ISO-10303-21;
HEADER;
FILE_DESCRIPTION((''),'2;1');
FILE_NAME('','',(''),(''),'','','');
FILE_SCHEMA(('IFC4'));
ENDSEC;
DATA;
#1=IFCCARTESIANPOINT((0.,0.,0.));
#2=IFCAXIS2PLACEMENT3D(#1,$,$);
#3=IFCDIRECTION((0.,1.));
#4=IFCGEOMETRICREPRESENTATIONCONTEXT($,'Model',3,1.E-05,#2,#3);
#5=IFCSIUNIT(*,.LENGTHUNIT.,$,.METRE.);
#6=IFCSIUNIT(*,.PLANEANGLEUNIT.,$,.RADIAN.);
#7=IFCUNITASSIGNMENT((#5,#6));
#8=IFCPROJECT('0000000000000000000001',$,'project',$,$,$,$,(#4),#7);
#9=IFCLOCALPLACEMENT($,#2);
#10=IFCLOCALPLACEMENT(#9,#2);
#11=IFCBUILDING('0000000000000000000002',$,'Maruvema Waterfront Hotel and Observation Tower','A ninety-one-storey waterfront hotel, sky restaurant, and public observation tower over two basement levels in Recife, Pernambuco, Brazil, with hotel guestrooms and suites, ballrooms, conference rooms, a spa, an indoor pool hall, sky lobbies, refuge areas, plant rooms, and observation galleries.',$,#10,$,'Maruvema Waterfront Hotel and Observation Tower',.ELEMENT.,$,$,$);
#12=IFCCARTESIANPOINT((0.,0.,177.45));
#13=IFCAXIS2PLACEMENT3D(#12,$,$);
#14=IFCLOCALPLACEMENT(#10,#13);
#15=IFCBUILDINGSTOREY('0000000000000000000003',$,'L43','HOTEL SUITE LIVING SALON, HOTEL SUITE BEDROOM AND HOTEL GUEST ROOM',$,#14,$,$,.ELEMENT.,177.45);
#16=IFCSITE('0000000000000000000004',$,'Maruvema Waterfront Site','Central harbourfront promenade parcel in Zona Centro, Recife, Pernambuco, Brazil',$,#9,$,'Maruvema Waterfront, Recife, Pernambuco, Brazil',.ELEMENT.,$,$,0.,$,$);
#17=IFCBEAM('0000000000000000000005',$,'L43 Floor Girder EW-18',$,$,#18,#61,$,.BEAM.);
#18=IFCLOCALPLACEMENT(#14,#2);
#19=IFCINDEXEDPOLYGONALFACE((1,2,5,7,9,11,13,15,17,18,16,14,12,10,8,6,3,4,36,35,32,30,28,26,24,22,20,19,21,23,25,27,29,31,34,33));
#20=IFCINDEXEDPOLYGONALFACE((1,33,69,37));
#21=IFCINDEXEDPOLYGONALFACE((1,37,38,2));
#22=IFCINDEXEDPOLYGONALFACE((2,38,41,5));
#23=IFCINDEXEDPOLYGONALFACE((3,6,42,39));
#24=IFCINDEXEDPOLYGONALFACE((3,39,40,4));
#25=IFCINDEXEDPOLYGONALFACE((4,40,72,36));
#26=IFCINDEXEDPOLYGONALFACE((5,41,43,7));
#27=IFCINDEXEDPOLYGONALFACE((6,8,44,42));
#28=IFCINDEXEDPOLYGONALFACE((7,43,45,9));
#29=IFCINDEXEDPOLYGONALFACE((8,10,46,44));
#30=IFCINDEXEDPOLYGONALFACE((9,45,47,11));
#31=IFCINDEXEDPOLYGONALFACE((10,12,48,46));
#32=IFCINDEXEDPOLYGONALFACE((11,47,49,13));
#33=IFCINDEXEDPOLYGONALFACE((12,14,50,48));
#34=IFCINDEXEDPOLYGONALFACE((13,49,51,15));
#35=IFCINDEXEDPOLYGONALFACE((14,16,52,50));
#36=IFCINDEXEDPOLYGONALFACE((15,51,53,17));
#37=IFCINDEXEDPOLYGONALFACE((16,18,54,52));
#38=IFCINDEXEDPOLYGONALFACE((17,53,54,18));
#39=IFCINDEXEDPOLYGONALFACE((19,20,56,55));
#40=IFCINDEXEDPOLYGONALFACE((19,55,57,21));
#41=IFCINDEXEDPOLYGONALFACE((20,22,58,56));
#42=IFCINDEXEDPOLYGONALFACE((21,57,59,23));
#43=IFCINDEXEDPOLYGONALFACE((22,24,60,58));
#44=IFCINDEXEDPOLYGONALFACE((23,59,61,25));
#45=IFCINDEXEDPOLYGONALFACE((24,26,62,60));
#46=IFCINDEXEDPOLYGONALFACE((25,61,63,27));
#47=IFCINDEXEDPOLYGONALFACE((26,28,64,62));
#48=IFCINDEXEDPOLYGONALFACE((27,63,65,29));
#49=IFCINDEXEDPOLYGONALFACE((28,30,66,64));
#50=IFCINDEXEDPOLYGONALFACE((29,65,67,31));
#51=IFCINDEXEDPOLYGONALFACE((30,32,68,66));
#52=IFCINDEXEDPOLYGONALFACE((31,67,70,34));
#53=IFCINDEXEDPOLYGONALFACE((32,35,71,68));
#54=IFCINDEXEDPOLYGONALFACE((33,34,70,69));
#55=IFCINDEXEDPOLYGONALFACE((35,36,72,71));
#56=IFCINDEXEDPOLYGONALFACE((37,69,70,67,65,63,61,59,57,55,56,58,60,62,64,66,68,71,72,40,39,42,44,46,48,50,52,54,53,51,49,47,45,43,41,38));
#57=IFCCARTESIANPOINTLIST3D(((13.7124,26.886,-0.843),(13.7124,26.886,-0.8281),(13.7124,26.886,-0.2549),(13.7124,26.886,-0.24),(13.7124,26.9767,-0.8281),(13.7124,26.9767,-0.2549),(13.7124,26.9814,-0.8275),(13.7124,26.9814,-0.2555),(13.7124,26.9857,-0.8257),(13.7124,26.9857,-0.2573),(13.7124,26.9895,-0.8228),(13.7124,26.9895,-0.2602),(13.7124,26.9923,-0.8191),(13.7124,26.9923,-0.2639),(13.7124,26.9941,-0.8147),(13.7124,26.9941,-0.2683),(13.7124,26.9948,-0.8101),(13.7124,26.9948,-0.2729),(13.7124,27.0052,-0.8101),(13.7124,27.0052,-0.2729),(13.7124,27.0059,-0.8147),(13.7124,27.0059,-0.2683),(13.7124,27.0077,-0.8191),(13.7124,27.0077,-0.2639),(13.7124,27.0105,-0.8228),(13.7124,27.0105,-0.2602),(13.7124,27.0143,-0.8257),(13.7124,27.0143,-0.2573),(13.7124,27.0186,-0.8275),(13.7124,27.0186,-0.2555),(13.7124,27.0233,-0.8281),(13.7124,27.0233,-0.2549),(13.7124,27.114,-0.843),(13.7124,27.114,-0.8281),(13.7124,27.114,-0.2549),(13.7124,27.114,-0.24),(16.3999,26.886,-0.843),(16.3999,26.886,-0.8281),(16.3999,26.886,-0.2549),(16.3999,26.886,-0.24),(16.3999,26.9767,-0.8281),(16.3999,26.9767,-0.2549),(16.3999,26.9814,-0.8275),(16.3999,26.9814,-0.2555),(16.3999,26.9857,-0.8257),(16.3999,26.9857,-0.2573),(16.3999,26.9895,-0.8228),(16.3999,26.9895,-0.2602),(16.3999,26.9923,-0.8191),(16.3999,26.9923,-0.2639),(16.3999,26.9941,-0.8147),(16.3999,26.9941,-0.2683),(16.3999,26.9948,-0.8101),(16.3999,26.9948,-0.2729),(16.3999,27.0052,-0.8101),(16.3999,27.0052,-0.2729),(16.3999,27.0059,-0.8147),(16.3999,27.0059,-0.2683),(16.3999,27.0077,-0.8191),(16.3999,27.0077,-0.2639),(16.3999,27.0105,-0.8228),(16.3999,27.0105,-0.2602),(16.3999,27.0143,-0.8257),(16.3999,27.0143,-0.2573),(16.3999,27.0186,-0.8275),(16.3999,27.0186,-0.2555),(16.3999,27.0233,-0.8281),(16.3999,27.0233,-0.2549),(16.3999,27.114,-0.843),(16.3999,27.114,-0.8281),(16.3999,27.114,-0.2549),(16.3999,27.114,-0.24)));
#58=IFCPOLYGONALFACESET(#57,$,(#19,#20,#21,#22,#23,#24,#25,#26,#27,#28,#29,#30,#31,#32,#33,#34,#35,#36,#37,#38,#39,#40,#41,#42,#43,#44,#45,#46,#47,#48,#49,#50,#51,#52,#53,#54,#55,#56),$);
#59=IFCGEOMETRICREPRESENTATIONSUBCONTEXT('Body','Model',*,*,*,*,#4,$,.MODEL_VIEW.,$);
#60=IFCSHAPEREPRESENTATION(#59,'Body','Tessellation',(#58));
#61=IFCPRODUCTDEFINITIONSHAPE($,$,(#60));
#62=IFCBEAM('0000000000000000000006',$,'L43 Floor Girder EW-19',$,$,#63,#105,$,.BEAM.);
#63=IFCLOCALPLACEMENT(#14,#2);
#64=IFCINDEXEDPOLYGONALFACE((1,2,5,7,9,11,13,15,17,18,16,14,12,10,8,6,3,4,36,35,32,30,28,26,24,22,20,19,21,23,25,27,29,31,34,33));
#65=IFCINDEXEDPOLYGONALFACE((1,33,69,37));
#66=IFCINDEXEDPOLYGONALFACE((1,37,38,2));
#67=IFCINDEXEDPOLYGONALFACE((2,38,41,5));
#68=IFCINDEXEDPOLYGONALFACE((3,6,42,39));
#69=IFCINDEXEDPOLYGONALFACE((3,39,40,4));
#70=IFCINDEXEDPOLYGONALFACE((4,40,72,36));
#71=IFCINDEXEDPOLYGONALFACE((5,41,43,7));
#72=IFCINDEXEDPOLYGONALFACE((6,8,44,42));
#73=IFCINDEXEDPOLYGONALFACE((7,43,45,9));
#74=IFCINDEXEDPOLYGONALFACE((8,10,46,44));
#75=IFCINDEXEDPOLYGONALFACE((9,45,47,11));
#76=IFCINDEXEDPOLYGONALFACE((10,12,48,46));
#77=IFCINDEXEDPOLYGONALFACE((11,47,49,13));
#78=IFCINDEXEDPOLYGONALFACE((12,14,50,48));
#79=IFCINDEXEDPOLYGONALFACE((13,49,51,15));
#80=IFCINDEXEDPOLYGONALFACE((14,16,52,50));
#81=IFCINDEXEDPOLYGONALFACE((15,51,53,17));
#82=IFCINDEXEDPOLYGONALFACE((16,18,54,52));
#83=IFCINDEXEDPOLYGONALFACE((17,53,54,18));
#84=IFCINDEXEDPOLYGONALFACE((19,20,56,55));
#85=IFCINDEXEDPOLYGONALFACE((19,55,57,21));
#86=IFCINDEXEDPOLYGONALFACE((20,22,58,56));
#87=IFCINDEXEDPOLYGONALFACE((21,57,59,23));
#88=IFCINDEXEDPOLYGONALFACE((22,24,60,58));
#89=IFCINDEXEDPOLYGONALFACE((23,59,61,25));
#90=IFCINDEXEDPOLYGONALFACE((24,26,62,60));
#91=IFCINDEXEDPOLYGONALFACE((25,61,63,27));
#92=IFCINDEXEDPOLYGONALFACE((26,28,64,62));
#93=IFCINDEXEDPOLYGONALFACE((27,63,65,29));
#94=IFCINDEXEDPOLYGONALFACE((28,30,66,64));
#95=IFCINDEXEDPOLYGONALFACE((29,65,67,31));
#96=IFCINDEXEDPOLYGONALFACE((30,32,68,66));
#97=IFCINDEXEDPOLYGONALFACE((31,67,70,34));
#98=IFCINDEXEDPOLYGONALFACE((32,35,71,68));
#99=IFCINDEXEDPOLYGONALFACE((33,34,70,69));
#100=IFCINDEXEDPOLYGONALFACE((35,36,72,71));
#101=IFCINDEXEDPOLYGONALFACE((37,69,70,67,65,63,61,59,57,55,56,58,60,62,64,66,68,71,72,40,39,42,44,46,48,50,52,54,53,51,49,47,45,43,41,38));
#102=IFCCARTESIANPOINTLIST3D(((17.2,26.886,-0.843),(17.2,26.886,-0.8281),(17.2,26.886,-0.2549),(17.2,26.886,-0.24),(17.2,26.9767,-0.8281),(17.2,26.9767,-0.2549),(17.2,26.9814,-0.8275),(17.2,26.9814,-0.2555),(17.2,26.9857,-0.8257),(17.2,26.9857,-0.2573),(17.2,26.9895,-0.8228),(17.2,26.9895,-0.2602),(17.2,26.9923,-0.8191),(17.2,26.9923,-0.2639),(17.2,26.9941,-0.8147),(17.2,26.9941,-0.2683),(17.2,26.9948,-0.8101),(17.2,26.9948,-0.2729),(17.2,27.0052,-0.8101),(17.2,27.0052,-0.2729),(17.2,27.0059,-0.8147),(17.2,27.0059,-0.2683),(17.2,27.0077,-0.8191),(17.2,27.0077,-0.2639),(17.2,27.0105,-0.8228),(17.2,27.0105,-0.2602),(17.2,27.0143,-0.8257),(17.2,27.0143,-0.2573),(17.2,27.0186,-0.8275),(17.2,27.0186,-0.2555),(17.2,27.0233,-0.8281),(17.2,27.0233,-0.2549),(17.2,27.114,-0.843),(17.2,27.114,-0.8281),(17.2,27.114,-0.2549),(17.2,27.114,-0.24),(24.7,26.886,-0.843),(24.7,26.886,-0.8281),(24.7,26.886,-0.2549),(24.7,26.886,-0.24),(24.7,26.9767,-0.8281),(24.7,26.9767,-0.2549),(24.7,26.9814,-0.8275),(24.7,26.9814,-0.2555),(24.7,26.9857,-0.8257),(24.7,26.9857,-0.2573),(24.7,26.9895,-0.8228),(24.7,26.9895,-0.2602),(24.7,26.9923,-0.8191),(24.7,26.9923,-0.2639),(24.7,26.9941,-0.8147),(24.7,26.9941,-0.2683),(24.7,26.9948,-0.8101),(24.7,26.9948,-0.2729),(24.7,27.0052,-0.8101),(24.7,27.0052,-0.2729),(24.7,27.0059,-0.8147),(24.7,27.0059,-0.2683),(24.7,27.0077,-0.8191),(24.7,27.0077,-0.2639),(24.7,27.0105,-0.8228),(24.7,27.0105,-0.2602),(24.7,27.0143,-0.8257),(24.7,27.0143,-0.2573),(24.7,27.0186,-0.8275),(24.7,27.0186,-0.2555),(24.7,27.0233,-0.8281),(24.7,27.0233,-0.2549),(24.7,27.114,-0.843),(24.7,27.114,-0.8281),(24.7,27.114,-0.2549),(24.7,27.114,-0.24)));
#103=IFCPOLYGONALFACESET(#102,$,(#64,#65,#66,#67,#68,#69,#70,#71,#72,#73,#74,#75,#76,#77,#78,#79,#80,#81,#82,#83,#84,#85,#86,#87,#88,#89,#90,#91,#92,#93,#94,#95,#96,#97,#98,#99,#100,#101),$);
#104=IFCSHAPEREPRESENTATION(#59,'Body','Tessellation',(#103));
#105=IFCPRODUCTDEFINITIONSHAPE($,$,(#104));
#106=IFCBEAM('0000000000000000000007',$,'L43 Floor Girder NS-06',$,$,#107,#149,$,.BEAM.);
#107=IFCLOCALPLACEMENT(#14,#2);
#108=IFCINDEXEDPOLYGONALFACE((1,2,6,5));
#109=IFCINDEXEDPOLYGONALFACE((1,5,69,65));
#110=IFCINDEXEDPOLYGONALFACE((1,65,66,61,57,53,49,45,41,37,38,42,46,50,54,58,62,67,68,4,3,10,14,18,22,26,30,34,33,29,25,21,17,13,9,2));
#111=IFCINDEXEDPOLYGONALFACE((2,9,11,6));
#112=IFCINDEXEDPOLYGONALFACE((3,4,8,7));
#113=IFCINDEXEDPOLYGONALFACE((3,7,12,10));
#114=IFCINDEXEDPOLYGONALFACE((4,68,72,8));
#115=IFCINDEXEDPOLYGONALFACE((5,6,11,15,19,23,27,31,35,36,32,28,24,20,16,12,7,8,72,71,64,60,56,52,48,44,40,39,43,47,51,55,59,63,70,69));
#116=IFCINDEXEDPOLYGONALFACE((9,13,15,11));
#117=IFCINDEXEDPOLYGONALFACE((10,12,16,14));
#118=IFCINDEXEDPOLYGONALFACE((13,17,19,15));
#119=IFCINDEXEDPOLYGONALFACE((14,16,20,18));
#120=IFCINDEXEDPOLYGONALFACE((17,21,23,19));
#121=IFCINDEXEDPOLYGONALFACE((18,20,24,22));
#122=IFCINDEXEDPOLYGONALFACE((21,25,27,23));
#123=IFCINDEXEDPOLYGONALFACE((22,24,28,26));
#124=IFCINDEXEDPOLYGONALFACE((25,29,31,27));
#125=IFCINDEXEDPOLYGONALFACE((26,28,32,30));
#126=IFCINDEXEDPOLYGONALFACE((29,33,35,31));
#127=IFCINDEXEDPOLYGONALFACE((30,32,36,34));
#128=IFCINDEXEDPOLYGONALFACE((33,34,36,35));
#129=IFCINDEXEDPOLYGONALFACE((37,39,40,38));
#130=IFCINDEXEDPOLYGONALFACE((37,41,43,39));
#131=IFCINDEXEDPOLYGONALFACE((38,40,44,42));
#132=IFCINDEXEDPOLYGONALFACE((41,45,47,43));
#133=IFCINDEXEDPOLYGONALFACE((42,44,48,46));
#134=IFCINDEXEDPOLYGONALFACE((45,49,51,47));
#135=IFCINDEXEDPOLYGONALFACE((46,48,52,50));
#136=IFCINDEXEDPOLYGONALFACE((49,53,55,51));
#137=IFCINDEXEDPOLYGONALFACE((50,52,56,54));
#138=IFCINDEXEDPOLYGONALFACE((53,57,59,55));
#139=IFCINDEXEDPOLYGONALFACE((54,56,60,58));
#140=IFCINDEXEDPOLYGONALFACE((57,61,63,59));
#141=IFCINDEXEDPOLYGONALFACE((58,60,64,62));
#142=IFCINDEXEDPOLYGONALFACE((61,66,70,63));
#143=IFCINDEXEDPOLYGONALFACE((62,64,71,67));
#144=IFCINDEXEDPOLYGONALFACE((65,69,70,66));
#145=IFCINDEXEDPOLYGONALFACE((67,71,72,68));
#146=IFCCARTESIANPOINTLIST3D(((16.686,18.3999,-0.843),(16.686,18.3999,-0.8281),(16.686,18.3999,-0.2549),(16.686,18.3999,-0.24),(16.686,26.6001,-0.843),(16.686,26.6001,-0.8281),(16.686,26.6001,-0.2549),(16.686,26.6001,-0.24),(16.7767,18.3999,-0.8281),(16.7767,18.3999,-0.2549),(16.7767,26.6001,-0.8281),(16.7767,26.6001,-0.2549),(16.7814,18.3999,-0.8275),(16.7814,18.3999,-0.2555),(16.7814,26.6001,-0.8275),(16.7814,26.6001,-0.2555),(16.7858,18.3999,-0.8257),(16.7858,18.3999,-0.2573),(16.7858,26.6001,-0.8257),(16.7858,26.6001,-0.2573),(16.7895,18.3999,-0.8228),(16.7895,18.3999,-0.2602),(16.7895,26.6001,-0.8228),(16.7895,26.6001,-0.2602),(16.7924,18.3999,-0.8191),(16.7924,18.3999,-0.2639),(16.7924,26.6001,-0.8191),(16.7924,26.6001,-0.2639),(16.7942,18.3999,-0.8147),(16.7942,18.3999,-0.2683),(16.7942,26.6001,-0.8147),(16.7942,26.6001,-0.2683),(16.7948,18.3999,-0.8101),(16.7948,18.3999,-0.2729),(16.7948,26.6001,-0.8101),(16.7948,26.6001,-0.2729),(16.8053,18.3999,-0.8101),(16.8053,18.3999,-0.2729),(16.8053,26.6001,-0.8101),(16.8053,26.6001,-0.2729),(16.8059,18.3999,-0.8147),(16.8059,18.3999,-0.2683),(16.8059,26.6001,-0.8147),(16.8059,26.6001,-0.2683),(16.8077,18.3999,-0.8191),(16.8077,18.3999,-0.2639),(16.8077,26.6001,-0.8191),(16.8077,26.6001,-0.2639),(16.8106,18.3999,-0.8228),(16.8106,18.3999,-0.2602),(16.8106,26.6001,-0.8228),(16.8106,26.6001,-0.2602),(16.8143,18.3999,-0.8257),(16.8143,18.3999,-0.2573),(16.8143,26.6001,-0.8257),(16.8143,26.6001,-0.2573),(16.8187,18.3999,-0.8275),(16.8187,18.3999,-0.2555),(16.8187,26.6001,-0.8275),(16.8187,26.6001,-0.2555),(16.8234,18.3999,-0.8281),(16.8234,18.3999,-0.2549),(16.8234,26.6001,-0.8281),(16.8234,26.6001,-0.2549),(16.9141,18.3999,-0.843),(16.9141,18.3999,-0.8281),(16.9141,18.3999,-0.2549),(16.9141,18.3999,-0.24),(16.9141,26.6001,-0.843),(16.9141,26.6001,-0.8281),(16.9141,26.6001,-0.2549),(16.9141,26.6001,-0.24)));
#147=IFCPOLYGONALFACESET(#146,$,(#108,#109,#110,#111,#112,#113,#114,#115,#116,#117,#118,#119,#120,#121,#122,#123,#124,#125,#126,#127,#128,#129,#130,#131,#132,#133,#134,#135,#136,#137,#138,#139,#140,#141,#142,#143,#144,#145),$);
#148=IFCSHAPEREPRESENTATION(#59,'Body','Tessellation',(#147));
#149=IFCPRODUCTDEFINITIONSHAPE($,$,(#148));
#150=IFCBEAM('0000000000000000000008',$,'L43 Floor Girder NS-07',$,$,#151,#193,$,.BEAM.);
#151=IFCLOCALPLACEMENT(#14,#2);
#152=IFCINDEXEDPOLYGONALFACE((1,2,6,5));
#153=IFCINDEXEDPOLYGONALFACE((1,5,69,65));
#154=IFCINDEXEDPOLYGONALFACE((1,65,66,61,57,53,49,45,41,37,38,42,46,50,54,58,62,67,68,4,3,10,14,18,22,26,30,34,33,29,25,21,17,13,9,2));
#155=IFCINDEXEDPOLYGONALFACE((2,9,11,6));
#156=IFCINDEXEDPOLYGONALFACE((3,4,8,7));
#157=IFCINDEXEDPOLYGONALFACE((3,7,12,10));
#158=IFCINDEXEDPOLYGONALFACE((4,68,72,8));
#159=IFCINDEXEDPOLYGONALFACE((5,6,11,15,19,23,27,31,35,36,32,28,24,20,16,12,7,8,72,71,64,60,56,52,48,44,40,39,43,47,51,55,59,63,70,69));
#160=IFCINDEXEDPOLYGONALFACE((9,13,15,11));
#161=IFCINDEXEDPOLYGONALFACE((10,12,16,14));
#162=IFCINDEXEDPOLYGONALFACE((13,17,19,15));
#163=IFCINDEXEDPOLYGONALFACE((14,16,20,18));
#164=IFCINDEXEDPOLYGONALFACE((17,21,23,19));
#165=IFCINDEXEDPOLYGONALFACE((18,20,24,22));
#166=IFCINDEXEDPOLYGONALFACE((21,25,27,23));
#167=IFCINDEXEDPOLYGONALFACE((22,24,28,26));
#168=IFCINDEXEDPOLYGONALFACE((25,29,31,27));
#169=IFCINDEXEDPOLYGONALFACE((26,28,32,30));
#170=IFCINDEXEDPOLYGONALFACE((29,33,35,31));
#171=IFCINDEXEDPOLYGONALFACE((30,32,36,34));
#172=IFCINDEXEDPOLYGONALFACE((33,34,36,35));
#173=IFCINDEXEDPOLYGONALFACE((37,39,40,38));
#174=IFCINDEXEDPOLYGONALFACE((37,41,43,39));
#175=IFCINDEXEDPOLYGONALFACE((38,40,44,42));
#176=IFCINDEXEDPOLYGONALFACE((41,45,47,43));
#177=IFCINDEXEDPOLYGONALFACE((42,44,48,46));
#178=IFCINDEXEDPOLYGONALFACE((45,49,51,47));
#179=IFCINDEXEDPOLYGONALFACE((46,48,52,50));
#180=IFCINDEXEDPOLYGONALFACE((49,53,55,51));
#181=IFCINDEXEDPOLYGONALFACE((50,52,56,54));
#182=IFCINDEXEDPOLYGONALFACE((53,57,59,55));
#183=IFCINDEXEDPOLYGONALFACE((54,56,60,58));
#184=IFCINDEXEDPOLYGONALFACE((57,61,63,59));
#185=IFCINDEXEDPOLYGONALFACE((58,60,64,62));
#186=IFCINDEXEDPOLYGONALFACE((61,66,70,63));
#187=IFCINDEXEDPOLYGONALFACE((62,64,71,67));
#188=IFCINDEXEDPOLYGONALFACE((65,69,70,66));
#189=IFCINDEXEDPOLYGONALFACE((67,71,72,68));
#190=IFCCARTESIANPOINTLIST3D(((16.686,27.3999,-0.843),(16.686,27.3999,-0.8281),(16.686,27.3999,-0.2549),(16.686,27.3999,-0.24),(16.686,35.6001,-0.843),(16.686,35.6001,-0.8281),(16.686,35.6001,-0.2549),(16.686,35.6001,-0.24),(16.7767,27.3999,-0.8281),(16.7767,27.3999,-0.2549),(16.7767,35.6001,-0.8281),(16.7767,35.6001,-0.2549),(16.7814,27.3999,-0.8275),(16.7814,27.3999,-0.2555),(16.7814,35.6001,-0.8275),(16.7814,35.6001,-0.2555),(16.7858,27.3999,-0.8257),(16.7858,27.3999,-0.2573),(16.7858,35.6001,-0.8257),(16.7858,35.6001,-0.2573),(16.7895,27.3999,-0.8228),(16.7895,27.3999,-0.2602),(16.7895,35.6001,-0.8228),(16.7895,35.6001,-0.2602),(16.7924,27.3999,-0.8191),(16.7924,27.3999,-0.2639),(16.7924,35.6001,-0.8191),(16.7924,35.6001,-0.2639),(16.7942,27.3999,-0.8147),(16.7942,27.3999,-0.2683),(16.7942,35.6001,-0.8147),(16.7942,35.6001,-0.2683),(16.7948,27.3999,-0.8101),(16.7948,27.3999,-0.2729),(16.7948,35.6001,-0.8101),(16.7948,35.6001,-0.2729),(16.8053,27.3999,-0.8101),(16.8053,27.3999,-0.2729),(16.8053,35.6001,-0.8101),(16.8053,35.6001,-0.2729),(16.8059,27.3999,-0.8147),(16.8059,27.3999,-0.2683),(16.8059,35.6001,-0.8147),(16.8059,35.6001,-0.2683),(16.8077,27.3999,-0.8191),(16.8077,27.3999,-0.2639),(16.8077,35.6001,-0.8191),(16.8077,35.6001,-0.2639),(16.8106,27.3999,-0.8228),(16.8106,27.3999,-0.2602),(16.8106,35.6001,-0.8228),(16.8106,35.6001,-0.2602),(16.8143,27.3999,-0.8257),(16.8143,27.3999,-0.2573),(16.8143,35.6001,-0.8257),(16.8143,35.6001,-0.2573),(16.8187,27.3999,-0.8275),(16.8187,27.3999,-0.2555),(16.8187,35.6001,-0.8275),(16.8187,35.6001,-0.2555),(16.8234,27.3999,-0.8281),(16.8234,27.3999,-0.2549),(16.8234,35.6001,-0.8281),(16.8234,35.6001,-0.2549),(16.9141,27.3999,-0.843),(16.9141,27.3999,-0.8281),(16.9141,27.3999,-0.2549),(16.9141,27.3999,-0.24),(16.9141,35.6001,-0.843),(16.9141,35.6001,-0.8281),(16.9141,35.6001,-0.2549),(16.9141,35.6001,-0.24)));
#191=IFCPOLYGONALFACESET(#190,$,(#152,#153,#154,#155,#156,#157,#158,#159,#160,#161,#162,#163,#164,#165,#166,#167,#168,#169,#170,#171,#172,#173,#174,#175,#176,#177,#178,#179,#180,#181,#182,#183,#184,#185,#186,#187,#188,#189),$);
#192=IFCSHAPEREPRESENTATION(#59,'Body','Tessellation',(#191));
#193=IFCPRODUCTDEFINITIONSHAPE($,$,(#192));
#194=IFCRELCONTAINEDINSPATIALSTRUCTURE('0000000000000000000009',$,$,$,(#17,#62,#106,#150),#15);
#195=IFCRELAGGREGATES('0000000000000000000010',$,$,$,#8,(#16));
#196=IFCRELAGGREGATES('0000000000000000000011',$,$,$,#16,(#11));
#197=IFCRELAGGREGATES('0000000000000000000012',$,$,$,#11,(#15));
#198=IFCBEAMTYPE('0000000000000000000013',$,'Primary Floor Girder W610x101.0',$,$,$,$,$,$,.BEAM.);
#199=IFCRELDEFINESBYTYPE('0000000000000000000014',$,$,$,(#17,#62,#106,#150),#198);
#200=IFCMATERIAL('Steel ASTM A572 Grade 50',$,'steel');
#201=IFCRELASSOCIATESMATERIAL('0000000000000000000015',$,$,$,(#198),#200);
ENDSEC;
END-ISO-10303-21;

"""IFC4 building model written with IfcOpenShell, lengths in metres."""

from ifc_helpers import new_model, si_unit, direction, frame, origin, origin_2d, place, context, subcontext, project, spatial, i_section, extrude, material, material_profile, profile_set, type_object, element, save


model = new_model("IFC4")

# Units and contexts
model_context = context("Model", 3, precision=1e-05, world=origin(), true_north=direction((0.0, 1.0)))
body_context = subcontext(model_context, "Body", "Model", "MODEL_VIEW")
ifc_project = project(units=[si_unit("LENGTHUNIT", "METRE"), si_unit("PLANEANGLEUNIT", "RADIAN")], contexts=[model_context])

# Site, building, storey
site_placement = place(None, origin())
site = spatial("IfcSite", under=ifc_project, at=site_placement, Name="Maruvema Waterfront Site", Description="Central harbourfront promenade parcel in Zona Centro, Recife, Pernambuco, Brazil", LongName="Maruvema Waterfront, Recife, Pernambuco, Brazil", CompositionType="ELEMENT", RefElevation=0.0)
building_placement = place(site_placement, origin())
building = spatial("IfcBuilding", under=site, at=building_placement, Name="Maruvema Waterfront Hotel and Observation Tower", Description="A ninety-one-storey waterfront hotel, sky restaurant, and public observation tower over two basement levels in Recife, Pernambuco, Brazil, with hotel guestrooms and suites, ballrooms, conference rooms, a spa, an indoor pool hall, sky lobbies, refuge areas, plant rooms, and observation galleries.", LongName="Maruvema Waterfront Hotel and Observation Tower", CompositionType="ELEMENT")
storey_placement = place(building_placement, frame((0.0, 0.0, 177.45)))
storey = spatial("IfcBuildingStorey", under=building, at=storey_placement, Name="L43", Description="HOTEL SUITE LIVING SALON, HOTEL SUITE BEDROOM AND HOTEL GUEST ROOM", CompositionType="ELEMENT", Elevation=177.45)

# Beams
ifc_material_1 = material(Name="Steel ASTM A572 Grade 50", Category="steel")
ifc_material_profile_1 = material_profile(ifc_material_1, i_section(OverallWidth=0.228, OverallDepth=0.603, WebThickness=0.0105, FlangeThickness=0.0149, FilletRadius=0.0181, at=origin_2d()), Name="W610x101.0")
ifc_profile_set_1 = profile_set([ifc_material_profile_1], Name="Steel ASTM A572 Grade 50")
beam_type_1 = type_object("IfcBeamType", Name="Primary Floor Girder W610x101.0", PredefinedType="BEAM", material=ifc_profile_set_1)
beam_1_placement = place(storey_placement, frame((13.7124, 27.0, -0.5415), z_axis=(1.0, 0.0, 0.0), x_axis=(0.0, 1.0, 0.0)))
element("IfcBeam", 1, at=beam_1_placement, inside=storey, type_object=beam_type_1, Name="L43 Floor Girder EW-18", PredefinedType="BEAM", context=body_context, shape_type="SweptSolid", body=[
    extrude(i_section(OverallWidth=0.228, OverallDepth=0.603, WebThickness=0.0105, FlangeThickness=0.0149, FilletRadius=0.0181, at=origin_2d()), origin(), (0.0, 0.0, 1.0), 2.6875),
])
beam_2_placement = place(storey_placement, frame((17.2, 27.0, -0.5415), z_axis=(1.0, 0.0, 0.0), x_axis=(0.0, 1.0, 0.0)))
element("IfcBeam", 2, at=beam_2_placement, inside=storey, type_object=beam_type_1, Name="L43 Floor Girder EW-19", PredefinedType="BEAM", context=body_context, shape_type="SweptSolid", body=[
    extrude(i_section(OverallWidth=0.228, OverallDepth=0.603, WebThickness=0.0105, FlangeThickness=0.0149, FilletRadius=0.0181, at=origin_2d()), origin(), (0.0, 0.0, 1.0), 7.5),
])
for number, where, z_axis, x_axis, name in (
    (3, (16.8, 18.3999, -0.5415), (0.0, 1.0, 0.0), (-1.0, 0.0, 0.0), "L43 Floor Girder NS-06"),
    (4, (16.8, 27.3999, -0.5415), (0.0, 1.0, 0.0), (-1.0, 0.0, 0.0), "L43 Floor Girder NS-07"),
):
    element("IfcBeam", number, at=place(storey_placement, frame(where, z_axis=z_axis, x_axis=x_axis)), inside=storey, type_object=beam_type_1, Name=name, PredefinedType="BEAM", context=body_context, shape_type="SweptSolid", body=[
        extrude(i_section(OverallWidth=0.228, OverallDepth=0.603, WebThickness=0.0105, FlangeThickness=0.0149, FilletRadius=0.0181, at=origin_2d()), origin(), (0.0, 0.0, 1.0), 8.2002),
    ])

save(model, "model.ifc")
